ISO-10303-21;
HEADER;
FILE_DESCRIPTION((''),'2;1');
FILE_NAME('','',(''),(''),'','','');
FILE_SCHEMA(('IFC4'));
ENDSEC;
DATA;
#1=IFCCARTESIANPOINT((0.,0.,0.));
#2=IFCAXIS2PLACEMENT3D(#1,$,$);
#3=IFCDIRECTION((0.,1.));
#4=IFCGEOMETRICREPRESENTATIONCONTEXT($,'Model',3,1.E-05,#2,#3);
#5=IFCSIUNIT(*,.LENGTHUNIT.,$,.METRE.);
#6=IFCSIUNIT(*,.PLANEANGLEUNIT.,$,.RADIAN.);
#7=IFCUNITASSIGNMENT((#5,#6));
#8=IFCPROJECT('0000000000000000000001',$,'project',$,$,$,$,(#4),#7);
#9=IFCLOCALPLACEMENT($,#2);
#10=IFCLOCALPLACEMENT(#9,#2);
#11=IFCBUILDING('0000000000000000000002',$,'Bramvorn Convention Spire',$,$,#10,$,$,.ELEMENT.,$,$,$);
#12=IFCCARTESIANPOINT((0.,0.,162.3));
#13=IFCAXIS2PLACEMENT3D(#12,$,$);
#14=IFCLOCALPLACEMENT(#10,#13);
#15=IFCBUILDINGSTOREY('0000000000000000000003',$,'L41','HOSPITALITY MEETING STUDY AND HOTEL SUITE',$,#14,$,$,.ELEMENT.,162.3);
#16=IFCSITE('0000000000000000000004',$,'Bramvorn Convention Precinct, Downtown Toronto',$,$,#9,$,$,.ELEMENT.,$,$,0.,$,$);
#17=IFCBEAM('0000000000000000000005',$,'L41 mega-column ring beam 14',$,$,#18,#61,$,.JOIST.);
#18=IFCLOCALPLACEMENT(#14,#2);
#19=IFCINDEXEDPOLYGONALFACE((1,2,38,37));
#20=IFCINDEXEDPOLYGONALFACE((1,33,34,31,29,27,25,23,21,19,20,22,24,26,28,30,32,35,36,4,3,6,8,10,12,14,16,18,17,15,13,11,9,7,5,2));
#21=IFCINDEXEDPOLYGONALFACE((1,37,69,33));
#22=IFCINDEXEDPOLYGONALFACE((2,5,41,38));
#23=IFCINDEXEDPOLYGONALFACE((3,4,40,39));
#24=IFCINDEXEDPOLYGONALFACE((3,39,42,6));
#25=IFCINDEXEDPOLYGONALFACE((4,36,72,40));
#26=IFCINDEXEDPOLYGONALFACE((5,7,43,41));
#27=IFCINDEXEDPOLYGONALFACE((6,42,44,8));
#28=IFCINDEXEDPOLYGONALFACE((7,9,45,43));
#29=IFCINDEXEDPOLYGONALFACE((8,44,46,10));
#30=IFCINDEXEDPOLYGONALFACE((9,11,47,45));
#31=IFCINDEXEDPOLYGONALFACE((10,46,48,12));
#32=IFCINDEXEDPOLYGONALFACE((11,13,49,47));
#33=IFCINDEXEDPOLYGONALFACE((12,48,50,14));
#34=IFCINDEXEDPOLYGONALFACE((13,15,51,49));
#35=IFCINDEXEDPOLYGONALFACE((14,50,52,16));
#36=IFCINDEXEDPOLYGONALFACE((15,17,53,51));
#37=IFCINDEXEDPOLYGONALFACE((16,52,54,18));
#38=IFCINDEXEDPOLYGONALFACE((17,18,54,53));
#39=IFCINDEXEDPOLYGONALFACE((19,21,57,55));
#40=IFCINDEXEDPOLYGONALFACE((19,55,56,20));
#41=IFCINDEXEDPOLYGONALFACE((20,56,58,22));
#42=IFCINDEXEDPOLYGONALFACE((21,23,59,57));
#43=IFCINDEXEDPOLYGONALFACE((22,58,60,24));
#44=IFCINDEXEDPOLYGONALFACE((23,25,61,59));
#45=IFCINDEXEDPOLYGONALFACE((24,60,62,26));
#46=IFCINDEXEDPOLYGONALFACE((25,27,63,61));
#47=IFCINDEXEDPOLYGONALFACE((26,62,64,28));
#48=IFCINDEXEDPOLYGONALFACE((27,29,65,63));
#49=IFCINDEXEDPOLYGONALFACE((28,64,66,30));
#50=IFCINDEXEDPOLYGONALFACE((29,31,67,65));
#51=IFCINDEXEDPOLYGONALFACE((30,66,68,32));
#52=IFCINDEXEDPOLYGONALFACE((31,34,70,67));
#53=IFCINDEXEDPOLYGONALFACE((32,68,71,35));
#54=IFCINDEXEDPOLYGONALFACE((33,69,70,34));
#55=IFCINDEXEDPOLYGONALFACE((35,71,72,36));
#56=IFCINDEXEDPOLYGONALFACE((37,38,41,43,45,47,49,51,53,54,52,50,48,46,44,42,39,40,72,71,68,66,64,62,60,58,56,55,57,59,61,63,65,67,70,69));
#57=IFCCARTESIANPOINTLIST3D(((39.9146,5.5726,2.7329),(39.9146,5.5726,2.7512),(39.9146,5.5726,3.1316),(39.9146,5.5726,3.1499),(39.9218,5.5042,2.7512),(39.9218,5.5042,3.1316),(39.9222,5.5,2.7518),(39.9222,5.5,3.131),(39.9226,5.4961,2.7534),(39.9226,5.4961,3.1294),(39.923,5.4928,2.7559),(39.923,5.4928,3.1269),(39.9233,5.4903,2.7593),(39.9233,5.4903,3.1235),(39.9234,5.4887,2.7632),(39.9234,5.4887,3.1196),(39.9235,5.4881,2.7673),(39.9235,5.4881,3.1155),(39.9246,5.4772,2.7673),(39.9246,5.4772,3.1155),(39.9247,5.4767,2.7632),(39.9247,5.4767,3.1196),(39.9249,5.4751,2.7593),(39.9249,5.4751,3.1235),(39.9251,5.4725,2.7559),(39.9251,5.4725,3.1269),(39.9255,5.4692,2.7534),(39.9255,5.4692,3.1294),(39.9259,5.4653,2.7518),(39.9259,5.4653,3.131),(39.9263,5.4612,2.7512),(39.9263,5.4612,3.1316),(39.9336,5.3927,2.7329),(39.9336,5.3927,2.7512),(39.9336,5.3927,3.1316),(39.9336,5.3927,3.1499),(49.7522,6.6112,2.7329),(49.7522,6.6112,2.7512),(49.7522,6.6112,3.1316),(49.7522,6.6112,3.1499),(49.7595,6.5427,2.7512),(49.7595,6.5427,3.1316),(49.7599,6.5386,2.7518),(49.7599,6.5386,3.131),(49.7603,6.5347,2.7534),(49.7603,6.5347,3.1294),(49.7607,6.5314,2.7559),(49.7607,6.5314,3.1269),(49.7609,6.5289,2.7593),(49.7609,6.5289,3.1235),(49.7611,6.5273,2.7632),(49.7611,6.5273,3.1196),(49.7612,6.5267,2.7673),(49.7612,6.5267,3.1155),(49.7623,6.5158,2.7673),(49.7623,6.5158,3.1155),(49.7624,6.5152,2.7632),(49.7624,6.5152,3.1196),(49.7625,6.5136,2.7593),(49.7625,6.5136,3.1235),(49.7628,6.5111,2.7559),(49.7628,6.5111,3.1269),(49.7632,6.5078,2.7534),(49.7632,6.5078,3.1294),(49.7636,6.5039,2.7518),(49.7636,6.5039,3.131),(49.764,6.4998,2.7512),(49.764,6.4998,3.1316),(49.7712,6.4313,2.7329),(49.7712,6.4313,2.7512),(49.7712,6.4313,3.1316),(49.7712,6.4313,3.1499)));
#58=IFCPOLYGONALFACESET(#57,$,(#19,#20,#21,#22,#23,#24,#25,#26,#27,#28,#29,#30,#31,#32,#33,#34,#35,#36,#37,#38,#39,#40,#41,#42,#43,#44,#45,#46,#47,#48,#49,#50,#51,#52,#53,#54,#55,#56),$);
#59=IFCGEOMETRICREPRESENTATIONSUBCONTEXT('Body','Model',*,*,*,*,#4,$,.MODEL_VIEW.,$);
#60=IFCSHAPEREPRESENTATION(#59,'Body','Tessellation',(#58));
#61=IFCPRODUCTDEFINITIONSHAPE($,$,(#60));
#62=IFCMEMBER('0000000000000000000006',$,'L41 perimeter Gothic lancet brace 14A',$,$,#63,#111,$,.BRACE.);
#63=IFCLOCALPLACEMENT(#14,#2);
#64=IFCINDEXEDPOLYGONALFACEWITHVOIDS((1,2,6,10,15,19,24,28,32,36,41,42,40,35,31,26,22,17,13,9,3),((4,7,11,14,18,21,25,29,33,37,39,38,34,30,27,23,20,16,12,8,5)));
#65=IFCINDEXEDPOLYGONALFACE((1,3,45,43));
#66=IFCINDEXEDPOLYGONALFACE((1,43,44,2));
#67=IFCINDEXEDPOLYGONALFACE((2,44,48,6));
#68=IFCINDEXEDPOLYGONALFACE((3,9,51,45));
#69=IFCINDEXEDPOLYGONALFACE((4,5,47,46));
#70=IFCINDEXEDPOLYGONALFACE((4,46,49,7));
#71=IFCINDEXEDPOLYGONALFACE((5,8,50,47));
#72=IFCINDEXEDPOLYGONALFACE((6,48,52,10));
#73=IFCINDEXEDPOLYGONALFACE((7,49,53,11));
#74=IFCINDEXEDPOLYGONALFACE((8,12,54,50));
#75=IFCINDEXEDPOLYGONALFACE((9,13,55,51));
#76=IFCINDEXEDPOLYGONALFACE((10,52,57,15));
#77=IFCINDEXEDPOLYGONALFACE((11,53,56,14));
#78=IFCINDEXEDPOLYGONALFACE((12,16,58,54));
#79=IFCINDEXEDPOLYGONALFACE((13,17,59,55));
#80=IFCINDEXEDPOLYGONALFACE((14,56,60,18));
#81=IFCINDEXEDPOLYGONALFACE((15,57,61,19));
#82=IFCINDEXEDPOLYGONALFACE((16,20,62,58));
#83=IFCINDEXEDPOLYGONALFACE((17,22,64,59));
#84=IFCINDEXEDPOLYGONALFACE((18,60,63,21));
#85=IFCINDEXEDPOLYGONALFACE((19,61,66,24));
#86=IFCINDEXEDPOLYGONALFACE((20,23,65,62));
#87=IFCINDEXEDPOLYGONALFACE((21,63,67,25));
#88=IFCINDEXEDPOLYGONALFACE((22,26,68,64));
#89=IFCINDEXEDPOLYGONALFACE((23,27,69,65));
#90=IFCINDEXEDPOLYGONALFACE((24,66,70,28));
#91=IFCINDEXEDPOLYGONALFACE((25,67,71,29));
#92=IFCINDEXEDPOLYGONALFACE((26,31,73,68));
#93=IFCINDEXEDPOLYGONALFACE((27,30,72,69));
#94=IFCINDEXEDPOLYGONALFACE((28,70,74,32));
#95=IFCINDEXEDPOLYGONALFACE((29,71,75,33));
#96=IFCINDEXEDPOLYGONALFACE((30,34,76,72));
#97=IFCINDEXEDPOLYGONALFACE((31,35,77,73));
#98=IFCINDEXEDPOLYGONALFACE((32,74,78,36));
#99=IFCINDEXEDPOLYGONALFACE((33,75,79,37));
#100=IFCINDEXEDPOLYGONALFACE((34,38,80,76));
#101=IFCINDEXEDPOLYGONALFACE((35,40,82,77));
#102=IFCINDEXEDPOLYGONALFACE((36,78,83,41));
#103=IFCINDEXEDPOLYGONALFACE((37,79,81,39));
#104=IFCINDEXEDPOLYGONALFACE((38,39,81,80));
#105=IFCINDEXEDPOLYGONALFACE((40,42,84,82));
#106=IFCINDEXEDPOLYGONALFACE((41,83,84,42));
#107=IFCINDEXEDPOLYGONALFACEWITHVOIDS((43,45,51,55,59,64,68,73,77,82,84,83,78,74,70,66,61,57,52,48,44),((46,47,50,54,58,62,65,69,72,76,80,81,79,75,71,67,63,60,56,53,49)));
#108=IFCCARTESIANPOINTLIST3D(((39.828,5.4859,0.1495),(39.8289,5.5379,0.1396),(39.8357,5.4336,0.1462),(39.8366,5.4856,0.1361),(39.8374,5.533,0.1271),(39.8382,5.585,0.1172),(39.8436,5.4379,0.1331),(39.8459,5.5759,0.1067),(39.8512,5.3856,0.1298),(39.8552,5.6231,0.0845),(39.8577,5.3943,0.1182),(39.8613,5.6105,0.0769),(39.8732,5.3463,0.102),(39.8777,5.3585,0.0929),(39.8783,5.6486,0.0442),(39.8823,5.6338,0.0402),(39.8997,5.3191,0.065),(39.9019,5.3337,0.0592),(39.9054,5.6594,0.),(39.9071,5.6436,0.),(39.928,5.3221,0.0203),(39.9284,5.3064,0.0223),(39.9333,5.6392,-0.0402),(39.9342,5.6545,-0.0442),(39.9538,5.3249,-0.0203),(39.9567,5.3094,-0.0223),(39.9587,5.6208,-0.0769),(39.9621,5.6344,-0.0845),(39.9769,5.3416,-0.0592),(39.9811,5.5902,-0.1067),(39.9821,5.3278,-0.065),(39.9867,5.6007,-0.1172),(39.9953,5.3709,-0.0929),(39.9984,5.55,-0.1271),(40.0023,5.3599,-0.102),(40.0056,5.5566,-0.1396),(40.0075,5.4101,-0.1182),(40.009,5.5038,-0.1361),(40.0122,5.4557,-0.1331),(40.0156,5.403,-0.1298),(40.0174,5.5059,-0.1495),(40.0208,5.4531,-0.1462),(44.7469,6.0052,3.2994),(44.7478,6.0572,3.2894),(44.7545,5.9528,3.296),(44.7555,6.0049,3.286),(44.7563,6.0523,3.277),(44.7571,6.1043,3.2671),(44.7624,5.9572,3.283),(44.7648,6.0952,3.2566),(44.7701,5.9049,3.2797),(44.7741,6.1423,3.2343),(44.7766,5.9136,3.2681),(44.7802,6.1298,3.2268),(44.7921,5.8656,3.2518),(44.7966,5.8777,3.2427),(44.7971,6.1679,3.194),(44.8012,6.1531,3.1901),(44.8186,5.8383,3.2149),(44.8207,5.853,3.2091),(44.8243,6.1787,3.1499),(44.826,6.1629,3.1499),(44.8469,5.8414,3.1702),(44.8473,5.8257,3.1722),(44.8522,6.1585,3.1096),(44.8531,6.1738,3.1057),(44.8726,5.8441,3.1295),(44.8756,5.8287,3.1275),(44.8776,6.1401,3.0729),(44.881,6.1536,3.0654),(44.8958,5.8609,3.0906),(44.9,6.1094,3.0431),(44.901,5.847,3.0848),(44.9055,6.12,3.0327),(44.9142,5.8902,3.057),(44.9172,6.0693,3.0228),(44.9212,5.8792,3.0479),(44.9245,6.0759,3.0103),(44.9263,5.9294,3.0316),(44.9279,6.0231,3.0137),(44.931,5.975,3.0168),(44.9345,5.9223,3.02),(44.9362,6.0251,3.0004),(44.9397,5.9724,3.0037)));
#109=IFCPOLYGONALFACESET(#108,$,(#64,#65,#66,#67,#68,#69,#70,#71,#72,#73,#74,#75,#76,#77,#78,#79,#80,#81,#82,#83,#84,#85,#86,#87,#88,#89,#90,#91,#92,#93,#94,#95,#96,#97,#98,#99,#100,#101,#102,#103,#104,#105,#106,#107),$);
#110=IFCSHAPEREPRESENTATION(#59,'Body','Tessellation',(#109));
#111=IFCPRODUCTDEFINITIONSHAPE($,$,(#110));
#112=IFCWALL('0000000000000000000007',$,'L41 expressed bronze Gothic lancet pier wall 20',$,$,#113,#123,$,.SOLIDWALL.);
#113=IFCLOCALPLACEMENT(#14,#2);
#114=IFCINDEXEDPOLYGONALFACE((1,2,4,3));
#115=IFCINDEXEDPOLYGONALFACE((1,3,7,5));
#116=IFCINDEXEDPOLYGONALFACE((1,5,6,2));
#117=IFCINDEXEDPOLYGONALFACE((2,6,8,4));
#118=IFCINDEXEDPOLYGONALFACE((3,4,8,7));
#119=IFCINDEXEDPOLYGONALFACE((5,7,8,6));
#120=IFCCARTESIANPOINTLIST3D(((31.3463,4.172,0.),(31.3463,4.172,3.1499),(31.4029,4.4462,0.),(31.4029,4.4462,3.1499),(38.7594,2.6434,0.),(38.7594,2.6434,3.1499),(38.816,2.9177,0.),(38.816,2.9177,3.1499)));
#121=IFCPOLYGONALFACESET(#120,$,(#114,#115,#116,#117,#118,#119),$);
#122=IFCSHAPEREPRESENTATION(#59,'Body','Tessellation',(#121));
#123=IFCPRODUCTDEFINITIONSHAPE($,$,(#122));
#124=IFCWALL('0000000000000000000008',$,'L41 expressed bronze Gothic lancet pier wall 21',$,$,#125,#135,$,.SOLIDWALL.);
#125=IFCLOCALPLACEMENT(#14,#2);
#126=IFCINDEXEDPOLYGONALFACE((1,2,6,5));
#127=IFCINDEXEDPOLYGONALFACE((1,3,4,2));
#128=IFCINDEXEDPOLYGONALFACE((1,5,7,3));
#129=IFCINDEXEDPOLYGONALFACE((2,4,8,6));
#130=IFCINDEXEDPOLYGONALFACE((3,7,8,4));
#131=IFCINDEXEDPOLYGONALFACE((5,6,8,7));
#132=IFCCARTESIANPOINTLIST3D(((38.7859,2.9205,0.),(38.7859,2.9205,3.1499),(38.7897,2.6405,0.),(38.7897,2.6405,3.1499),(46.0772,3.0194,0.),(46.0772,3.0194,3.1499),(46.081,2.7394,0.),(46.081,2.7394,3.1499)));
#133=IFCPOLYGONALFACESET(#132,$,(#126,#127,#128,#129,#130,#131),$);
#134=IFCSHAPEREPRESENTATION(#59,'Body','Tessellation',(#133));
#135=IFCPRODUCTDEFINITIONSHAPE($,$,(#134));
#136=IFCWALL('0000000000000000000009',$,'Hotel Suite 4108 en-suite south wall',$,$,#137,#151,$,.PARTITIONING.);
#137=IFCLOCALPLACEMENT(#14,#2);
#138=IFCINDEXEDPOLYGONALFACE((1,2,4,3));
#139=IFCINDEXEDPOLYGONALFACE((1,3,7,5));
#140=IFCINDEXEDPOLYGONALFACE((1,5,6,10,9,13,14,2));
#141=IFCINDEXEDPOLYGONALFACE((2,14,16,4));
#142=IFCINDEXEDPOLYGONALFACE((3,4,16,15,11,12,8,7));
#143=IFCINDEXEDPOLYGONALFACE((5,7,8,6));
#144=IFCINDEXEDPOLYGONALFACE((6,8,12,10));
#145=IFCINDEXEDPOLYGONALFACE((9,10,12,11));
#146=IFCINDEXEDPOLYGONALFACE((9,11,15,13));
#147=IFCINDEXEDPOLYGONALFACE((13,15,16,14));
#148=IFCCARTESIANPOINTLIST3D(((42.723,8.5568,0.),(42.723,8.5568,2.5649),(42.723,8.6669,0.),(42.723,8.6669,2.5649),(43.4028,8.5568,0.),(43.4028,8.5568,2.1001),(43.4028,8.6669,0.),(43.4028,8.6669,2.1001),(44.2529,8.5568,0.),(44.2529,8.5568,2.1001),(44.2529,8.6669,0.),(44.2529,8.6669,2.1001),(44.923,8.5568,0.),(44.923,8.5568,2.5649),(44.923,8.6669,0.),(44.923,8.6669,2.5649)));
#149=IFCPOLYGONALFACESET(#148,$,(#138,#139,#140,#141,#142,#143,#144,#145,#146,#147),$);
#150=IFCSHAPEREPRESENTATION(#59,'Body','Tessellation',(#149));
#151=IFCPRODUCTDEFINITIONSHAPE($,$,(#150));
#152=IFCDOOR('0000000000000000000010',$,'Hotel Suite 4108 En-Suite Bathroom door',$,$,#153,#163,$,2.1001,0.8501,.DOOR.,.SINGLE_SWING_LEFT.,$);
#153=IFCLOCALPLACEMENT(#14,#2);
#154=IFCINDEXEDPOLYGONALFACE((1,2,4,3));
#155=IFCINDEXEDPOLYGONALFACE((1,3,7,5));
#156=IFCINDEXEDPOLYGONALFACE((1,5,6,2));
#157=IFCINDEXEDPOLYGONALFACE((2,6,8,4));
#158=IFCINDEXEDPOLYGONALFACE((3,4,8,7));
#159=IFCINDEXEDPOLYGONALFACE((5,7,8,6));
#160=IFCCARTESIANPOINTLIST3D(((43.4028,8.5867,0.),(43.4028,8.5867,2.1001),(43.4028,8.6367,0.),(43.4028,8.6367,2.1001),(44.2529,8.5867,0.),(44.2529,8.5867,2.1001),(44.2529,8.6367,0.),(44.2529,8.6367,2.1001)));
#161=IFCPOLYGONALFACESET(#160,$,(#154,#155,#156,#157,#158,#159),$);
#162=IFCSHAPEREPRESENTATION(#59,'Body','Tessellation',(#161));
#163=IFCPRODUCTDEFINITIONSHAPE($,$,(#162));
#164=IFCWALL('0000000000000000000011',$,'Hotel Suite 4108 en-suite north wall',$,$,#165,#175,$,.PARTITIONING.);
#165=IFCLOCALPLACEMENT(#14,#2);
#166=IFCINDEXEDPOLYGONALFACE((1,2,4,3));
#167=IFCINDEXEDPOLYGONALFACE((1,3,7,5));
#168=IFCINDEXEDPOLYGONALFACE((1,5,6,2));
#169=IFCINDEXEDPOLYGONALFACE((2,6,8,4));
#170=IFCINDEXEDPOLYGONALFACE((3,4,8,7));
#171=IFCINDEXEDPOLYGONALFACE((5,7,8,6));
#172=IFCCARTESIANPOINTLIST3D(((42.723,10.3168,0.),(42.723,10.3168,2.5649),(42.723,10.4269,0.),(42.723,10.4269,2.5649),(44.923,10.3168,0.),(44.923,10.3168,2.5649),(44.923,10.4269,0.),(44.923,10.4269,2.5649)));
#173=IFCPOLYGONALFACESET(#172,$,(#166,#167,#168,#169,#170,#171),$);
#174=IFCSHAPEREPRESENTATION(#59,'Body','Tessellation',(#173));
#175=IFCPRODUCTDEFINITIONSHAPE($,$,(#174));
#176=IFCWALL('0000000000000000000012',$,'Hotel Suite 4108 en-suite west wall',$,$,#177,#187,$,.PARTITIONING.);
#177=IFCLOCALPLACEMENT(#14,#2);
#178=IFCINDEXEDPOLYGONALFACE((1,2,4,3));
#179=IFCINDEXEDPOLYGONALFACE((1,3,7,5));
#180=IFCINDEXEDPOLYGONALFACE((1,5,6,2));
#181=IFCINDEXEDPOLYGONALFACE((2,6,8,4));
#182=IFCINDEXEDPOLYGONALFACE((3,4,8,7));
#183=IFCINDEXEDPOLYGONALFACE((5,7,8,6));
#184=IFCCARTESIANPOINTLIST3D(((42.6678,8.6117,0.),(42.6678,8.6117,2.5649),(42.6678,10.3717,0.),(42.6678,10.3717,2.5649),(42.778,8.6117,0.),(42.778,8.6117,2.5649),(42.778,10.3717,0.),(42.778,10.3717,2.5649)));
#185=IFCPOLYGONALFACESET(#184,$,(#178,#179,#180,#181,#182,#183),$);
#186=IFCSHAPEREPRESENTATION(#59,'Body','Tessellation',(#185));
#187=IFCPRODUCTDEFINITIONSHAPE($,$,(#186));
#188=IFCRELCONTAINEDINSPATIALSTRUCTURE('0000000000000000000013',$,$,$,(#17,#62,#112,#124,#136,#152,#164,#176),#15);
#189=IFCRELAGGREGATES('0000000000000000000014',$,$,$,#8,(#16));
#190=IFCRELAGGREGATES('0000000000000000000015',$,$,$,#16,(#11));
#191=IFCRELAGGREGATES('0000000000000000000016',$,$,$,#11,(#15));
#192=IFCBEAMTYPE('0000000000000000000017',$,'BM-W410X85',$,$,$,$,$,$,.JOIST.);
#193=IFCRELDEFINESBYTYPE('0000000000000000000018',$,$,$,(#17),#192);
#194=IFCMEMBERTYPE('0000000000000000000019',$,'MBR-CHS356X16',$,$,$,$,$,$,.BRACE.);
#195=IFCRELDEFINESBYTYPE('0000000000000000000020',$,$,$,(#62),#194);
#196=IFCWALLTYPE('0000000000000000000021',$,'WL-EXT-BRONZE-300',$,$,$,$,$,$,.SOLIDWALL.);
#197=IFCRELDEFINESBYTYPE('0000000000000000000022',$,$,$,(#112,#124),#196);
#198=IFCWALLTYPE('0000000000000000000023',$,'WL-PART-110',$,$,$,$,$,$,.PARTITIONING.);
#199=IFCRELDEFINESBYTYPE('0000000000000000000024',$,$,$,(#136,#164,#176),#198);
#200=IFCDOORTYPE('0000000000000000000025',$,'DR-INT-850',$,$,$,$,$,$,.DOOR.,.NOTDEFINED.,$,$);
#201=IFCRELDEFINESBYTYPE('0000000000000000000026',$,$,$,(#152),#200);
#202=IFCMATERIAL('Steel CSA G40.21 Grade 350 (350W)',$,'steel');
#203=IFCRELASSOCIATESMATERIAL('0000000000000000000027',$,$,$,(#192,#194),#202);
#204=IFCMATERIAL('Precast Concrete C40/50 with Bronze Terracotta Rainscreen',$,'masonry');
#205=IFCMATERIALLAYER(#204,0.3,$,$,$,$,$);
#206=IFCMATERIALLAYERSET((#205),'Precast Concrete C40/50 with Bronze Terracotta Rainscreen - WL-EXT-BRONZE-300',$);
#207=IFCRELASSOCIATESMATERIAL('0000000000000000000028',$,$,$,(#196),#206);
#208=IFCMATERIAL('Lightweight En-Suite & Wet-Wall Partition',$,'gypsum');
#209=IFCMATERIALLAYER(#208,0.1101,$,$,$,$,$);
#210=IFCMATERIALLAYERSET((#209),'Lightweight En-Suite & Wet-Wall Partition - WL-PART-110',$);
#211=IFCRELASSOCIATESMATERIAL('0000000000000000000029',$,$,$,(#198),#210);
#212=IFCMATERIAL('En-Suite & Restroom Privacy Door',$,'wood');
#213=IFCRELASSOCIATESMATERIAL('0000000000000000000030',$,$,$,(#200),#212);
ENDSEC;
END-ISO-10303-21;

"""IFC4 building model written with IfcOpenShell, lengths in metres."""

from ifc_helpers import new_model, si_unit, direction, frame, frame_2d, origin, origin_2d, place, context, subcontext, project, spatial, rectangle, hollow_circle, i_section, extrude, material, layer, layer_set, material_profile, profile_set, type_object, element, fill, save


model = new_model("IFC4")

# Units and contexts
model_context = context("Model", 3, precision=1e-05, world=origin(), true_north=direction((0.0, 1.0)))
body_context = subcontext(model_context, "Body", "Model", "MODEL_VIEW")
ifc_project = project(units=[si_unit("LENGTHUNIT", "METRE"), si_unit("PLANEANGLEUNIT", "RADIAN")], contexts=[model_context])

# Site, building, storey
site_placement = place(None, origin())
site = spatial("IfcSite", under=ifc_project, at=site_placement, Name="Bramvorn Convention Precinct, Downtown Toronto", CompositionType="ELEMENT", RefElevation=0.0)
building_placement = place(site_placement, origin())
building = spatial("IfcBuilding", under=site, at=building_placement, Name="Bramvorn Convention Spire", CompositionType="ELEMENT")
storey_placement = place(building_placement, frame((0.0, 0.0, 162.3)))
storey = spatial("IfcBuildingStorey", under=building, at=storey_placement, Name="L41", Description="HOSPITALITY MEETING STUDY AND HOTEL SUITE", CompositionType="ELEMENT", Elevation=162.3)

# Shared definitions
ifc_material_1 = material(Name="Steel CSA G40.21 Grade 350 (350W)", Category="steel")

# Beam
ifc_material_profile_1 = material_profile(ifc_material_1, i_section(OverallWidth=0.1809, OverallDepth=0.417, WebThickness=0.011, FlangeThickness=0.0183, FilletRadius=0.0161, at=origin_2d()))
ifc_profile_set_1 = profile_set([ifc_material_profile_1], Name="Steel CSA G40.21 Grade 350 (350W) - W410X85")
beam_type_1 = type_object("IfcBeamType", Name="BM-W410X85", PredefinedType="JOIST", material=ifc_profile_set_1)
beam_1_placement = place(storey_placement, frame((39.9241, 5.4827, 2.9414), z_axis=(0.994473, 0.104988, 0.0), x_axis=(-0.104988, 0.994473, 0.0)))
element("IfcBeam", 1, at=beam_1_placement, inside=storey, type_object=beam_type_1, Name="L41 mega-column ring beam 14", PredefinedType="JOIST", context=body_context, shape_type="SweptSolid", body=[
    extrude(i_section(OverallWidth=0.1809, OverallDepth=0.417, WebThickness=0.011, FlangeThickness=0.0183, FilletRadius=0.0161, at=origin_2d()), origin(), (0.0, 0.0, 1.0), 9.8923),
])

# Member
ifc_material_profile_2 = material_profile(ifc_material_1, hollow_circle(Radius=0.1777, WallThickness=0.0159, at=origin_2d()))
ifc_profile_set_2 = profile_set([ifc_material_profile_2], Name="Steel CSA G40.21 Grade 350 (350W) - CHS356X16")
member_type = type_object("IfcMemberType", Name="MBR-CHS356X16", PredefinedType="BRACE", material=ifc_profile_set_2)
member_placement = place(storey_placement, frame((39.9241, 5.4827, 0.0), z_axis=(0.838825, 0.088554, 0.537151), x_axis=(-0.104985, 0.994474, 0.0)))
element("IfcMember", 2, at=member_placement, inside=storey, type_object=member_type, Name="L41 perimeter Gothic lancet brace 14A", PredefinedType="BRACE", context=body_context, shape_type="SweptSolid", body=[
    extrude(hollow_circle(Radius=0.1777, WallThickness=0.0159, at=origin_2d()), origin(), (0.0, 0.0, 1.0), 5.864),
])

# Walls
ifc_material_2 = material(Name="Precast Concrete C40/50 with Bronze Terracotta Rainscreen", Category="masonry")
ifc_layer_1 = layer(ifc_material_2, 0.3)
ifc_layer_set_1 = layer_set([ifc_layer_1], Name="Precast Concrete C40/50 with Bronze Terracotta Rainscreen - WL-EXT-BRONZE-300")
wall_type_1 = type_object("IfcWallType", Name="WL-EXT-BRONZE-300", PredefinedType="SOLIDWALL", material=ifc_layer_set_1)
wall_1_placement = place(storey_placement, frame((38.7878, 2.7805, 0.0), z_axis=(0.0, 0.0, 1.0), x_axis=(-0.979396, 0.20195, 0.0)))
element("IfcWall", 3, at=wall_1_placement, inside=storey, type_object=wall_type_1, Name="L41 expressed bronze Gothic lancet pier wall 20", PredefinedType="SOLIDWALL", context=body_context, shape_type="SweptSolid", body=[
    extrude(rectangle(XDim=7.5691, YDim=0.28, at=frame_2d((3.7847, 0.0))), origin(), (0.0, 0.0, 1.0), 3.1499),
])
wall_2_placement = place(storey_placement, frame((46.0791, 2.8794, 0.0), z_axis=(0.0, 0.0, 1.0), x_axis=(-0.999908, -0.01356, 0.0)))
element("IfcWall", 4, at=wall_2_placement, inside=storey, type_object=wall_type_1, Name="L41 expressed bronze Gothic lancet pier wall 21", PredefinedType="SOLIDWALL", context=body_context, shape_type="SweptSolid", body=[
    extrude(rectangle(XDim=7.292, YDim=0.28, at=frame_2d((3.646, 0.0))), origin(), (0.0, 0.0, 1.0), 3.1499),
])

# Wall, opening, door
ifc_material_3 = material(Name="Lightweight En-Suite & Wet-Wall Partition", Category="gypsum")
ifc_layer_2 = layer(ifc_material_3, 0.1101)
ifc_layer_set_2 = layer_set([ifc_layer_2], Name="Lightweight En-Suite & Wet-Wall Partition - WL-PART-110")
wall_type_2 = type_object("IfcWallType", Name="WL-PART-110", PredefinedType="PARTITIONING", material=ifc_layer_set_2)
wall_3_placement = place(storey_placement, frame((42.7229, 8.6118, 0.0), z_axis=(0.0, 0.0, 1.0), x_axis=(1.0, 0.0, 0.0)))
wall_3 = element("IfcWall", 5, at=wall_3_placement, inside=storey, type_object=wall_type_2, Name="Hotel Suite 4108 en-suite south wall", PredefinedType="PARTITIONING", context=body_context, shape_type="SweptSolid", body=[
    extrude(rectangle(XDim=2.2, YDim=0.1101, at=frame_2d((1.1001, 0.0))), origin(), (0.0, 0.0, 1.0), 2.5649),
])
opening_1_placement = place(wall_3_placement, frame((0.6799, 0.0, 0.0)))
opening_1 = element("IfcOpeningElement", 6, at=opening_1_placement, cuts=wall_3, PredefinedType="OPENING", context=body_context, shape_type="SweptSolid", body=[
    extrude(rectangle(XDim=0.8501, YDim=2.1001, at=frame_2d((0.425, 1.05))), frame((0.0, 0.0649, 0.0), z_axis=(0.0, -1.0, 0.0), x_axis=(1.0, 0.0, 0.0)), (0.0, 0.0, 1.0), 0.1301),
])
ifc_material_4 = material(Name="En-Suite & Restroom Privacy Door", Category="wood")
door_type_1 = type_object("IfcDoorType", Name="DR-INT-850", OperationType="NOTDEFINED", PredefinedType="DOOR", material=ifc_material_4)
door_1_placement = place(opening_1_placement, origin())
door_1 = element("IfcDoor", 7, at=door_1_placement, inside=storey, type_object=door_type_1, Name="Hotel Suite 4108 En-Suite Bathroom door", OperationType="SINGLE_SWING_LEFT", OverallHeight=2.1001, OverallWidth=0.8501, PredefinedType="DOOR", context=body_context, shape_type="SweptSolid", body=[
    extrude(rectangle(XDim=0.8501, YDim=2.1001, at=frame_2d((0.425, 1.05))), frame((0.0, 0.0249, 0.0), z_axis=(0.0, -1.0, 0.0), x_axis=(1.0, 0.0, 0.0)), (0.0, 0.0, 1.0), 0.05),
])
fill(opening_1, door_1)

# Walls
wall_4_placement = place(storey_placement, frame((42.7229, 10.3718, 0.0), z_axis=(0.0, 0.0, 1.0), x_axis=(1.0, 0.0, 0.0)))
element("IfcWall", 8, at=wall_4_placement, inside=storey, type_object=wall_type_2, Name="Hotel Suite 4108 en-suite north wall", PredefinedType="PARTITIONING", context=body_context, shape_type="SweptSolid", body=[
    extrude(rectangle(XDim=2.2, YDim=0.1101, at=frame_2d((1.1001, 0.0))), origin(), (0.0, 0.0, 1.0), 2.5649),
])
for number, where, z_axis, x_axis, name in (
    (9, (42.7229, 8.6118, 0.0), (0.0, 0.0, 1.0), (0.0, 1.0, 0.0), "Hotel Suite 4108 en-suite west wall"),
):
    element("IfcWall", number, at=place(storey_placement, frame(where, z_axis=z_axis, x_axis=x_axis)), inside=storey, type_object=wall_type_2, Name=name, PredefinedType="PARTITIONING", context=body_context, shape_type="SweptSolid", body=[
        extrude(rectangle(XDim=1.76, YDim=0.1101, at=frame_2d((0.8799, 0.0))), origin(), (0.0, 0.0, 1.0), 2.5649),
    ])

save(model, "model.ifc")
